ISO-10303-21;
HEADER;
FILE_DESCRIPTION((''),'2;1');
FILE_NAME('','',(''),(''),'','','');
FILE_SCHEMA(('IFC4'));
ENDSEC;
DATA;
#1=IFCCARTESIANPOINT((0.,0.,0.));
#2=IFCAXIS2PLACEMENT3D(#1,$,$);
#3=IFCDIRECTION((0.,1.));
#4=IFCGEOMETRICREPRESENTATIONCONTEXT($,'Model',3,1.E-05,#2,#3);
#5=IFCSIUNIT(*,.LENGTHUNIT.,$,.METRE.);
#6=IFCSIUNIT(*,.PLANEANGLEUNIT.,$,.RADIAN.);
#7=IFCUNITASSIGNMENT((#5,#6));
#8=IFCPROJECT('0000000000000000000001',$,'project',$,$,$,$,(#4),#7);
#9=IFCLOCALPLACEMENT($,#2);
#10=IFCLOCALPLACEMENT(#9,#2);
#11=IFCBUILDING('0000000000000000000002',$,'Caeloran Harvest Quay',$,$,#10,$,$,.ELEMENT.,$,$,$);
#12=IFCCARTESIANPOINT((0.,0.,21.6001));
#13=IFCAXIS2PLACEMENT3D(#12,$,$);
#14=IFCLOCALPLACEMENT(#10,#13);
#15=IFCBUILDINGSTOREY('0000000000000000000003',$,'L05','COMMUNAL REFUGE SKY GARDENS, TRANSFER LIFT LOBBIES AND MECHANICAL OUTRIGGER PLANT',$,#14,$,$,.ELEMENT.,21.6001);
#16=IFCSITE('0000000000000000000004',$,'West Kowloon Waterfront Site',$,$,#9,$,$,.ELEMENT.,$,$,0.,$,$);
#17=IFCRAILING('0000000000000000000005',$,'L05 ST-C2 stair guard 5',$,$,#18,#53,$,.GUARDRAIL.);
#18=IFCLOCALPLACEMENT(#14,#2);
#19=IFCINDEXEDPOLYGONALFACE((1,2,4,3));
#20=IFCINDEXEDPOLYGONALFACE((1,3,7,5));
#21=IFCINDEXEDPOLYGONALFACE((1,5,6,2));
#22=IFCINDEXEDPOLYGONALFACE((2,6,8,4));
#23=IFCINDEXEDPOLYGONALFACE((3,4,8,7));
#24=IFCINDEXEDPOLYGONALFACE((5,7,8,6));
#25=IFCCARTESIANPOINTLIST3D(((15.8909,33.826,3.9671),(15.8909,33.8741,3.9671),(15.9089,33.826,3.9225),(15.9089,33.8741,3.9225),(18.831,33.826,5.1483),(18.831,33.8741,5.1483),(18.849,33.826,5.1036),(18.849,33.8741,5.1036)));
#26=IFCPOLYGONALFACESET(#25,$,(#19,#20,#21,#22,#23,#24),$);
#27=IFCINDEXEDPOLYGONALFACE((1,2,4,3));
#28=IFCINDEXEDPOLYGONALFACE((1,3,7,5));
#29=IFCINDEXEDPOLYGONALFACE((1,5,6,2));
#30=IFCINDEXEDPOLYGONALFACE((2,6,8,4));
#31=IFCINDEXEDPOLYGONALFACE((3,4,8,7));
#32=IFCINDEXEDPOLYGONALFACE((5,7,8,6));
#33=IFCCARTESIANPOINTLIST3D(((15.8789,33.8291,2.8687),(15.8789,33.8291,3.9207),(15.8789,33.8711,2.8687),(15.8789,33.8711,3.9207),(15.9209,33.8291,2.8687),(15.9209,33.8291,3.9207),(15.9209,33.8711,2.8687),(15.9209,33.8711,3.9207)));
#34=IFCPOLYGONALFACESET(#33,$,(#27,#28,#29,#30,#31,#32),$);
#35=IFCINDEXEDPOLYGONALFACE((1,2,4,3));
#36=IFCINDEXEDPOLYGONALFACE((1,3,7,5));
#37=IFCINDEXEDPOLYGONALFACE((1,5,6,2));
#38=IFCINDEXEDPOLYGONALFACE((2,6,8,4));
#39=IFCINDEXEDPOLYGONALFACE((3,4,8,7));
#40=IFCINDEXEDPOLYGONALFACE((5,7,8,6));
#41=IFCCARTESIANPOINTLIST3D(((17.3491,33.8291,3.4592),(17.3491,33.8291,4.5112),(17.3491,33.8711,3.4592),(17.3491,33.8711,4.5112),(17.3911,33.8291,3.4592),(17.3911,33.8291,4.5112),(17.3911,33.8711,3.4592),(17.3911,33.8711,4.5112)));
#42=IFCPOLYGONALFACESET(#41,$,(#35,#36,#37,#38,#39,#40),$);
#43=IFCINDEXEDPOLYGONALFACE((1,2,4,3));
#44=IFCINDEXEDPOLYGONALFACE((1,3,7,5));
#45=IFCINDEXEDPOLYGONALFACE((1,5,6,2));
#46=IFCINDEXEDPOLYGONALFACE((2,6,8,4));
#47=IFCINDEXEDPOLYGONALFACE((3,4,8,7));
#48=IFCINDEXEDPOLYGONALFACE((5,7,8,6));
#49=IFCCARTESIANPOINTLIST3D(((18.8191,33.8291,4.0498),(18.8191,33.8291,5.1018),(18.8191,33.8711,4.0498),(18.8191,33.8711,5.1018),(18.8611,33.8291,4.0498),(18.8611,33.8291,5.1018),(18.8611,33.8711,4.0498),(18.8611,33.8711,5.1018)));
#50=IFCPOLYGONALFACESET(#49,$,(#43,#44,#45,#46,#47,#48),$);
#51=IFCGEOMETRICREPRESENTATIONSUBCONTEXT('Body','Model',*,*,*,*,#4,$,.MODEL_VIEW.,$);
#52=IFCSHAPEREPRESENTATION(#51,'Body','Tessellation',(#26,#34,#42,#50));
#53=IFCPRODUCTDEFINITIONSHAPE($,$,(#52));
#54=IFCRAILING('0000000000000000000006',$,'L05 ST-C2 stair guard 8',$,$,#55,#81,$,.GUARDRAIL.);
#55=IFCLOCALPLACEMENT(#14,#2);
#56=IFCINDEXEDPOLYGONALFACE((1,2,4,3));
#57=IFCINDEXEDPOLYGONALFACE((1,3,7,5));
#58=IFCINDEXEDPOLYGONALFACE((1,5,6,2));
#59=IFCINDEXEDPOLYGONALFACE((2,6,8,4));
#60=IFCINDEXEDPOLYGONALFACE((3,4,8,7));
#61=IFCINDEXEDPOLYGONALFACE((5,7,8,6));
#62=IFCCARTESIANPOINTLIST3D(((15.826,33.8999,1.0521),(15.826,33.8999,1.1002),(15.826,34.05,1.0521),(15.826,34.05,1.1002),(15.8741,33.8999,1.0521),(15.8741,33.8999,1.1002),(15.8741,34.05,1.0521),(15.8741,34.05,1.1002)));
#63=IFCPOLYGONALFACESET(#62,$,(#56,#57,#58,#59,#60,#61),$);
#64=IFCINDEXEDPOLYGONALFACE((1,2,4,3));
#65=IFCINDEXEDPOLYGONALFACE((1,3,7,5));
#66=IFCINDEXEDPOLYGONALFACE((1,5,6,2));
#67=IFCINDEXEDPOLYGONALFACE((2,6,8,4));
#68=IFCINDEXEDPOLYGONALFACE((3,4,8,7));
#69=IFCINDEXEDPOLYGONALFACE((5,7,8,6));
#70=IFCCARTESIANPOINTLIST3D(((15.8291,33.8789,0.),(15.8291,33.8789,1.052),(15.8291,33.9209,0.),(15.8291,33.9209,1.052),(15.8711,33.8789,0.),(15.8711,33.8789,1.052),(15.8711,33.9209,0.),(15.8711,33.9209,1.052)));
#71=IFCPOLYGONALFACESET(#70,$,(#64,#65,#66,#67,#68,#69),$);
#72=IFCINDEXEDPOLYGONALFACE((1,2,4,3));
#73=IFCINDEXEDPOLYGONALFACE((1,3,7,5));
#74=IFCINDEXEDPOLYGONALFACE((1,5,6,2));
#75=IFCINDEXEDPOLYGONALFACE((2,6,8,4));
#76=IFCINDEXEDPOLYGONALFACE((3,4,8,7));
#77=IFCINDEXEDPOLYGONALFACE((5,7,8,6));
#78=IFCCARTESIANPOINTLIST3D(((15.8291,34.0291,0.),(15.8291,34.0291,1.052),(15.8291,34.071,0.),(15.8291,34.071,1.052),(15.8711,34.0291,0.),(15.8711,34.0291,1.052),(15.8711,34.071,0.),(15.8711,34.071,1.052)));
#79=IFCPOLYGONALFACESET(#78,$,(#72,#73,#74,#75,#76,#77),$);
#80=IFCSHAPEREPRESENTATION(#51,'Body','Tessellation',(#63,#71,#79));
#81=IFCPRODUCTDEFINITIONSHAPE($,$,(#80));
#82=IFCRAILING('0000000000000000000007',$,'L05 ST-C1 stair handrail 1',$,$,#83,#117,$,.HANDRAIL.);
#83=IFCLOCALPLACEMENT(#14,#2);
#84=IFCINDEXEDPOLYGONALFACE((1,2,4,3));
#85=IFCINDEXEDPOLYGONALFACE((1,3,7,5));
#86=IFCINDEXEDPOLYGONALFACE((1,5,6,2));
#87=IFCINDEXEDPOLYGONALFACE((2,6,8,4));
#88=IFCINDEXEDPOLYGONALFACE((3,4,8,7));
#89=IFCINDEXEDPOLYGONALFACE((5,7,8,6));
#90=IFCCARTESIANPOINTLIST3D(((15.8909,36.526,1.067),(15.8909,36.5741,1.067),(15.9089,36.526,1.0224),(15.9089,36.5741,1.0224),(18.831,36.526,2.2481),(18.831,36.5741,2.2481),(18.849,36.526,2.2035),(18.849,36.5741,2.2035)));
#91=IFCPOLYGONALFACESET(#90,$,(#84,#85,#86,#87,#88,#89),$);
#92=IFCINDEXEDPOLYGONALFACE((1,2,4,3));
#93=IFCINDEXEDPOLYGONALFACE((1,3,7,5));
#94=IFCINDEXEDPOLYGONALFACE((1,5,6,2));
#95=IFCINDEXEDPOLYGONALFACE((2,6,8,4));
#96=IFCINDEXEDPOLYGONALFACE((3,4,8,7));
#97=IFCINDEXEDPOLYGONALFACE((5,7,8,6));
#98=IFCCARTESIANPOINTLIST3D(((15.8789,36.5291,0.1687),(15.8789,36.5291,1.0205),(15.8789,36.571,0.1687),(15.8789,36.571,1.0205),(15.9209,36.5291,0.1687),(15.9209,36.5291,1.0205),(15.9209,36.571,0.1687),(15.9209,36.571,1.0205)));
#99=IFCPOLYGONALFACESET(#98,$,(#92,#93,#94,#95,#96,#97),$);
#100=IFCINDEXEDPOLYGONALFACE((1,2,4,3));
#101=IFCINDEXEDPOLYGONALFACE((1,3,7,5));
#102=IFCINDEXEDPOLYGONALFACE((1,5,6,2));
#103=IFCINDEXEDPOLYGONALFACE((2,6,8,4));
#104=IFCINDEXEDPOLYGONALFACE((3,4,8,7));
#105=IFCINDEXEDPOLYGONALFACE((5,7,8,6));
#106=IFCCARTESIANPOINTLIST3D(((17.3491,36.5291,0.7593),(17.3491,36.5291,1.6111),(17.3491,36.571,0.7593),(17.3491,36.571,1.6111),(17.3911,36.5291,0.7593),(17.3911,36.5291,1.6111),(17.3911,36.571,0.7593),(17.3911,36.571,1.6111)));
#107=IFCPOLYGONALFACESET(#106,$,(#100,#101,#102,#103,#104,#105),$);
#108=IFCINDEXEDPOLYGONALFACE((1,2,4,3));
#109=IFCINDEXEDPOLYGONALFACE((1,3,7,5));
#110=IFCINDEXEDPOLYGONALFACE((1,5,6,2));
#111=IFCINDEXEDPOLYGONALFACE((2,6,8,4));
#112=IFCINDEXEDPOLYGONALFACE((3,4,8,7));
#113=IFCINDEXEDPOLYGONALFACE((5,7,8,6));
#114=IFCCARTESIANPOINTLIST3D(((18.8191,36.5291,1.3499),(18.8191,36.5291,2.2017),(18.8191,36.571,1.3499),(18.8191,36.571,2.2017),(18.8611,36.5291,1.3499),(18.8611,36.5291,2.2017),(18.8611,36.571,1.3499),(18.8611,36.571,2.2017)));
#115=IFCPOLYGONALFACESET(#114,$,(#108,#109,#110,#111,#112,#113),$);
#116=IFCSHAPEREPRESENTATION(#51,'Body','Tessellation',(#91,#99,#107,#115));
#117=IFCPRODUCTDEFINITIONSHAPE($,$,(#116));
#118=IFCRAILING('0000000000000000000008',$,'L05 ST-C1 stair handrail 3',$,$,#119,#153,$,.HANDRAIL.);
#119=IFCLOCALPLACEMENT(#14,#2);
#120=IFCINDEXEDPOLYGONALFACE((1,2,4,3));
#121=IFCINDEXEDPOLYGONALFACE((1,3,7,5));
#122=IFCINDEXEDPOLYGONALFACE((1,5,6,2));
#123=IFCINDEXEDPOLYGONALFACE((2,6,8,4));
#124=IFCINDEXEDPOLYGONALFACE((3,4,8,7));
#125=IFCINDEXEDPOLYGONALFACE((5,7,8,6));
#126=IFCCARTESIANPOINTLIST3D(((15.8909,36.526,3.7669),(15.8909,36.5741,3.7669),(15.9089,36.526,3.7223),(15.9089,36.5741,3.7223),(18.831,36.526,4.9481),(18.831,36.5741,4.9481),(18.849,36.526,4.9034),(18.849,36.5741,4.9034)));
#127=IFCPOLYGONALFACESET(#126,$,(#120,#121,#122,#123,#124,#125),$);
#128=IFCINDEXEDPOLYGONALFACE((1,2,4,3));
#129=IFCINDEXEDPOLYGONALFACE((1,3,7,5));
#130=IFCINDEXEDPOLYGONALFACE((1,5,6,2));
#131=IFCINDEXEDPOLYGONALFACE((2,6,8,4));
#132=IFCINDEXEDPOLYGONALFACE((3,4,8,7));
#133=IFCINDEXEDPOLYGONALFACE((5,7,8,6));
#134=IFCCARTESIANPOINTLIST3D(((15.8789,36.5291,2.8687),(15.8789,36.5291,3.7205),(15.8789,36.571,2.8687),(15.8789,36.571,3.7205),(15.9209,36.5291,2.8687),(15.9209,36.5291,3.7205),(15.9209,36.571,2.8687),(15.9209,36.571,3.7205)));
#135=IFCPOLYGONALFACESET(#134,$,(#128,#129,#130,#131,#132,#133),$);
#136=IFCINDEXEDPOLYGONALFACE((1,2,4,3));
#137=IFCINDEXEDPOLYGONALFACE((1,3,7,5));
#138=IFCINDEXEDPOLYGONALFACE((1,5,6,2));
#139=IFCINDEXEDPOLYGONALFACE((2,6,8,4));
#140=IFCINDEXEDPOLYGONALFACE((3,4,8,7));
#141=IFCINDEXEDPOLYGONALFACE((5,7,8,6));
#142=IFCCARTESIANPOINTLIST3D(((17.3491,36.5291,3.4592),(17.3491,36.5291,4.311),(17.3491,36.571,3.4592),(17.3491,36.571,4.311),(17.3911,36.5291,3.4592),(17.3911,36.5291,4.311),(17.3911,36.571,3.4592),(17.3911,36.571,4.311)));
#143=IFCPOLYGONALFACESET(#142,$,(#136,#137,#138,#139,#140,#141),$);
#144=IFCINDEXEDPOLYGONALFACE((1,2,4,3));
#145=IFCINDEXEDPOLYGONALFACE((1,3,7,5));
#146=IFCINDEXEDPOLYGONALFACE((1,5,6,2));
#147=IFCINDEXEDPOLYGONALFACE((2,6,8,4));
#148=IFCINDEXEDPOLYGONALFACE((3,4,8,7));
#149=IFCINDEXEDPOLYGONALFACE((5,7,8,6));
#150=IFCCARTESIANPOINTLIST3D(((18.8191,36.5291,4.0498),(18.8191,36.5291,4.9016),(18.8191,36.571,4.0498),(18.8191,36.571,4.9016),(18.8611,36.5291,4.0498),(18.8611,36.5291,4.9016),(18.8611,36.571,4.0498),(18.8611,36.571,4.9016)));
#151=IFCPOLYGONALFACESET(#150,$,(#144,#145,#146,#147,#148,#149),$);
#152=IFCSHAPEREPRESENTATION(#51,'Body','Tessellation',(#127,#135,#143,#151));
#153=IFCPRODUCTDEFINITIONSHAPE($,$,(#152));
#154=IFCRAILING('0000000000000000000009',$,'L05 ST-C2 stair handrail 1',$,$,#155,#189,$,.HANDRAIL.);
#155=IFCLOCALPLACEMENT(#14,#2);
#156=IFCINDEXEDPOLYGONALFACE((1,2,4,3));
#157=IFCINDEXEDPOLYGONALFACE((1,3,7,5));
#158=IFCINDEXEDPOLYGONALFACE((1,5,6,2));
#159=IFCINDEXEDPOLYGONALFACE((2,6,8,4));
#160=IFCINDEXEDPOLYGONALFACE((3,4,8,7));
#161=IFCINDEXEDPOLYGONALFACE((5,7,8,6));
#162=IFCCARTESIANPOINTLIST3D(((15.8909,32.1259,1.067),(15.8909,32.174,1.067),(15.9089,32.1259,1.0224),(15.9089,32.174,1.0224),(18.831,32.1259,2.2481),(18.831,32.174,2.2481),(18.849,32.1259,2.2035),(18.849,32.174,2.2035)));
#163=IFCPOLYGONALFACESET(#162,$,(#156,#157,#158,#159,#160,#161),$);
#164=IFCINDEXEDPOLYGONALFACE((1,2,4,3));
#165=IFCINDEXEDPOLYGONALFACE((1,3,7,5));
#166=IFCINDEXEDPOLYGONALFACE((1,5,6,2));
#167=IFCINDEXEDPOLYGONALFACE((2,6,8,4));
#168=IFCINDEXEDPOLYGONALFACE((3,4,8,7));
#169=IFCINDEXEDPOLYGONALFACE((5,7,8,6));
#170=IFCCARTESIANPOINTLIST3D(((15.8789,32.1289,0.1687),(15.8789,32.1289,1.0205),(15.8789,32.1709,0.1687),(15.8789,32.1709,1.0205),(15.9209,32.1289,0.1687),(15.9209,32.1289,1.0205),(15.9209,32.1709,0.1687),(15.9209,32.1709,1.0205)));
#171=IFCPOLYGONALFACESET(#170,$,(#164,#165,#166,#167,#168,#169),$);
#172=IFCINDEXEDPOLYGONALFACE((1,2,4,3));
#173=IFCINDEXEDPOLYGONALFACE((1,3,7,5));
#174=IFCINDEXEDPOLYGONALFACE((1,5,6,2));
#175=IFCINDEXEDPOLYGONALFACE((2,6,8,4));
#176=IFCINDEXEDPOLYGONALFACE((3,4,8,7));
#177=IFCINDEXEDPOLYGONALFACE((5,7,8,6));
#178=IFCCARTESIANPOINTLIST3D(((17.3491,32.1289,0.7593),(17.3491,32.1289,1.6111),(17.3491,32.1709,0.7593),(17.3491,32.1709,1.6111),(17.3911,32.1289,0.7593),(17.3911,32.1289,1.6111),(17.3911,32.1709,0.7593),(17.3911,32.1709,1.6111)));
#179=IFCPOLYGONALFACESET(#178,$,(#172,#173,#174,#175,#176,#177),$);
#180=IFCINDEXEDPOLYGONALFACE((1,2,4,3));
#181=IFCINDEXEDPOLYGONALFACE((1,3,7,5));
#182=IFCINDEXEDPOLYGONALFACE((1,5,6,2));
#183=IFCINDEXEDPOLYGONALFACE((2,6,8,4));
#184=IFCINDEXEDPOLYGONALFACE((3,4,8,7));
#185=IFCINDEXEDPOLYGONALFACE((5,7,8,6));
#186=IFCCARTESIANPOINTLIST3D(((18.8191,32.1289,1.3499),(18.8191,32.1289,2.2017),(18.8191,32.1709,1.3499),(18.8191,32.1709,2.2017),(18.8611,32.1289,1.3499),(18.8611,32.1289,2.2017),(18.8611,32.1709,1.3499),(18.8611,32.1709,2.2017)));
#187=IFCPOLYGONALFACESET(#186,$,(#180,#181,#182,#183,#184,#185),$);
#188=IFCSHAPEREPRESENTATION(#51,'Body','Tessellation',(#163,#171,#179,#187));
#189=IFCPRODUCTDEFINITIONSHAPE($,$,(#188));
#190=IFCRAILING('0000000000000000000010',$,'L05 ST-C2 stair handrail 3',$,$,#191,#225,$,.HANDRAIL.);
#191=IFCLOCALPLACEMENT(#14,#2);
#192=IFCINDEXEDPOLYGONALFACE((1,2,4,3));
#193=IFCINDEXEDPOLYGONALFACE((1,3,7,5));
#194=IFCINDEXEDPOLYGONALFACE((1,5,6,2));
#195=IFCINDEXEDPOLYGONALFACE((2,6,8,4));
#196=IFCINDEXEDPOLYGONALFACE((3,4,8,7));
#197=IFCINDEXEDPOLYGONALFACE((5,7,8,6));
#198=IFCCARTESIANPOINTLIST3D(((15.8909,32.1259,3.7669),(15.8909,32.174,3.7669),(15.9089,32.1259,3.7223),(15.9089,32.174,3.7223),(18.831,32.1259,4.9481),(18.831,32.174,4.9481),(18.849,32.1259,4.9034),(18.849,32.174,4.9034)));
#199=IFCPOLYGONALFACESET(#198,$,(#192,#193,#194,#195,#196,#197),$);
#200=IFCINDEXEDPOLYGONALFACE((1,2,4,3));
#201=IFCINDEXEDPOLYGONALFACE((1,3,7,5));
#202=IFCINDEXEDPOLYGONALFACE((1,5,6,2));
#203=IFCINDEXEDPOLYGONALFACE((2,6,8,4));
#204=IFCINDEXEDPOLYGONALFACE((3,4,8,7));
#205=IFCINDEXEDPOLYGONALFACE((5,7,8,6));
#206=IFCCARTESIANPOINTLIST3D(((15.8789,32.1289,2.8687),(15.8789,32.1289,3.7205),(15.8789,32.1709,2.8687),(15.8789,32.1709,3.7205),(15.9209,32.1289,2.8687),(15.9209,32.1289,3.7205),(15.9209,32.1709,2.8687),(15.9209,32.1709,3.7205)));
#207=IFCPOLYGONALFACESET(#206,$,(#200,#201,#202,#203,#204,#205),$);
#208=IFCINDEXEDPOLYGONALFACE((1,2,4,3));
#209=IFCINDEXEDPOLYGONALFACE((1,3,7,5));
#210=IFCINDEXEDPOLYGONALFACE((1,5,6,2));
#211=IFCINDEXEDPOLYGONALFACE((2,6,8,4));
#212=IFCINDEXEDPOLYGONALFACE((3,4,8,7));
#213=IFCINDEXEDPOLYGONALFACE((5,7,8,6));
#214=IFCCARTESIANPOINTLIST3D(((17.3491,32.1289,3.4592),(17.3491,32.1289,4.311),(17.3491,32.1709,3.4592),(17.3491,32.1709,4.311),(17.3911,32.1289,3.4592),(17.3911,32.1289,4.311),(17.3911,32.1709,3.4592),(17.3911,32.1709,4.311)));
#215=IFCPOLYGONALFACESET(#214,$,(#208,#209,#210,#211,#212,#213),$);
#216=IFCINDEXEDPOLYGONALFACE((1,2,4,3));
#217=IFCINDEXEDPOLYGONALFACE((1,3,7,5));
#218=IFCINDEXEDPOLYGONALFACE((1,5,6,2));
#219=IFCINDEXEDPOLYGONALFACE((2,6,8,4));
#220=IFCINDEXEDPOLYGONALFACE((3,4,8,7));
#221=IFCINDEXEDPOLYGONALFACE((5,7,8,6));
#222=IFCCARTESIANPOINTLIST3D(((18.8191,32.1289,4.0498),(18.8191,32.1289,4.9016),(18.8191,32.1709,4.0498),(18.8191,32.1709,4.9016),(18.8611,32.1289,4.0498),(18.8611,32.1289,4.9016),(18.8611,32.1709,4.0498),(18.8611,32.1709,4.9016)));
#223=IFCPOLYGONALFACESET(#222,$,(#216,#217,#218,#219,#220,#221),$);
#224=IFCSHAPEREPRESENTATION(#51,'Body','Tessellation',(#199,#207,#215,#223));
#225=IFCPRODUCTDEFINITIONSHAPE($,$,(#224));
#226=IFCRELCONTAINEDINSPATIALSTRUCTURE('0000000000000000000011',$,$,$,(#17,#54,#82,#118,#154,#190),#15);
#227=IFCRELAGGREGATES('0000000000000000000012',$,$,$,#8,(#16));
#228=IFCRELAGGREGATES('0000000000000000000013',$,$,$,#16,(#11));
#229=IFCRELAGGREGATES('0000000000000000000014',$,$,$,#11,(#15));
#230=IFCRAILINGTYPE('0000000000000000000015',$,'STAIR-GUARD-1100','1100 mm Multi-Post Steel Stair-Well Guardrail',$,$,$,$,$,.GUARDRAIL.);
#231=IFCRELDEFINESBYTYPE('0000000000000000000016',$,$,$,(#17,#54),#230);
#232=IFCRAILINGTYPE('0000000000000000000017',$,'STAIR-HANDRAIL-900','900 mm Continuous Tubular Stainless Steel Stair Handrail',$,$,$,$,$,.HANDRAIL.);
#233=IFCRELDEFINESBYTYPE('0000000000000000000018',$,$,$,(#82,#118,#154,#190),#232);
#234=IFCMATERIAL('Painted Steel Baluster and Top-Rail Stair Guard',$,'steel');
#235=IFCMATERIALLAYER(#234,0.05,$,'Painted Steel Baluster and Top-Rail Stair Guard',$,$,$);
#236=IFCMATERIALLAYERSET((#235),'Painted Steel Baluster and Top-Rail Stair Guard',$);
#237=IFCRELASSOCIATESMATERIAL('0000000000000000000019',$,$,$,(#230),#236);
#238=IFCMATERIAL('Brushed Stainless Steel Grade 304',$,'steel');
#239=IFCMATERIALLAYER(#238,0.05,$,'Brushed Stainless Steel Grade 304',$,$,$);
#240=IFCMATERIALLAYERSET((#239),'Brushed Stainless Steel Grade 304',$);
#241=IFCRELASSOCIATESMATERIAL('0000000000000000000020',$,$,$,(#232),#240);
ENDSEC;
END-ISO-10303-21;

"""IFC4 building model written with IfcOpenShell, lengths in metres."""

from ifc_helpers import new_model, si_unit, direction, frame, origin, origin_2d, place, context, subcontext, project, spatial, rectangle, extrude, material, layer, layer_set, type_object, element, save


model = new_model("IFC4")

# Units and contexts
model_context = context("Model", 3, precision=1e-05, world=origin(), true_north=direction((0.0, 1.0)))
body_context = subcontext(model_context, "Body", "Model", "MODEL_VIEW")
ifc_project = project(units=[si_unit("LENGTHUNIT", "METRE"), si_unit("PLANEANGLEUNIT", "RADIAN")], contexts=[model_context])

# Site, building, storey
site_placement = place(None, origin())
site = spatial("IfcSite", under=ifc_project, at=site_placement, Name="West Kowloon Waterfront Site", CompositionType="ELEMENT", RefElevation=0.0)
building_placement = place(site_placement, origin())
building = spatial("IfcBuilding", under=site, at=building_placement, Name="Caeloran Harvest Quay", CompositionType="ELEMENT")
storey_placement = place(building_placement, frame((0.0, 0.0, 21.6001)))
storey = spatial("IfcBuildingStorey", under=building, at=storey_placement, Name="L05", Description="COMMUNAL REFUGE SKY GARDENS, TRANSFER LIFT LOBBIES AND MECHANICAL OUTRIGGER PLANT", CompositionType="ELEMENT", Elevation=21.6001)

# Railings
ifc_material_1 = material(Name="Painted Steel Baluster and Top-Rail Stair Guard", Category="steel")
ifc_layer_1 = layer(ifc_material_1, 0.05, Name="Painted Steel Baluster and Top-Rail Stair Guard")
ifc_layer_set_1 = layer_set([ifc_layer_1], Name="Painted Steel Baluster and Top-Rail Stair Guard")
railing_type_1 = type_object("IfcRailingType", Name="STAIR-GUARD-1100", Description="1100 mm Multi-Post Steel Stair-Well Guardrail", PredefinedType="GUARDRAIL", material=ifc_layer_set_1)
railing_1_placement = place(storey_placement, frame((15.8999, 33.8501, 2.8687)))
element("IfcRailing", 1, at=railing_1_placement, inside=storey, type_object=railing_type_1, Name="L05 ST-C2 stair guard 5", PredefinedType="GUARDRAIL", context=body_context, shape_type="SweptSolid", body=[
    extrude(rectangle(XDim=0.0481, YDim=0.0481, at=origin_2d()), frame((0.0, 0.0, 1.0762), z_axis=(0.927923, 0.0, 0.372772), x_axis=(0.0, 1.0, 0.0)), (0.0, 0.0, 1.0), 3.1685),
    extrude(rectangle(XDim=0.042, YDim=0.042, at=origin_2d()), origin(), (0.0, 0.0, 1.0), 1.052),
    extrude(rectangle(XDim=0.042, YDim=0.042, at=origin_2d()), frame((1.4702, 0.0, 0.5906)), (0.0, 0.0, 1.0), 1.052),
    extrude(rectangle(XDim=0.042, YDim=0.042, at=origin_2d()), frame((2.9402, 0.0, 1.1812)), (0.0, 0.0, 1.0), 1.052),
])
railing_2_placement = place(storey_placement, frame((15.8501, 33.8999, 0.0)))
element("IfcRailing", 2, at=railing_2_placement, inside=storey, type_object=railing_type_1, Name="L05 ST-C2 stair guard 8", PredefinedType="GUARDRAIL", context=body_context, shape_type="SweptSolid", body=[
    extrude(rectangle(XDim=0.0481, YDim=0.0481, at=origin_2d()), frame((0.0, 0.0, 1.0762), z_axis=(0.0, 1.0, 0.0), x_axis=(-1.0, 0.0, 0.0)), (0.0, 0.0, 1.0), 0.1501),
    extrude(rectangle(XDim=0.042, YDim=0.042, at=origin_2d()), origin(), (0.0, 0.0, 1.0), 1.052),
    extrude(rectangle(XDim=0.042, YDim=0.042, at=origin_2d()), frame((0.0, 0.1501, 0.0)), (0.0, 0.0, 1.0), 1.052),
])
ifc_material_2 = material(Name="Brushed Stainless Steel Grade 304", Category="steel")
ifc_layer_2 = layer(ifc_material_2, 0.05, Name="Brushed Stainless Steel Grade 304")
ifc_layer_set_2 = layer_set([ifc_layer_2], Name="Brushed Stainless Steel Grade 304")
railing_type_2 = type_object("IfcRailingType", Name="STAIR-HANDRAIL-900", Description="900 mm Continuous Tubular Stainless Steel Stair Handrail", PredefinedType="HANDRAIL", material=ifc_layer_set_2)
for number, where, name in (
    (3, (15.8999, 36.55, 0.1687), "L05 ST-C1 stair handrail 1"),
    (4, (15.8999, 36.55, 2.8687), "L05 ST-C1 stair handrail 3"),
    (5, (15.8999, 32.1499, 0.1687), "L05 ST-C2 stair handrail 1"),
    (6, (15.8999, 32.1499, 2.8687), "L05 ST-C2 stair handrail 3"),
):
    element("IfcRailing", number, at=place(storey_placement, frame(where)), inside=storey, type_object=railing_type_2, Name=name, PredefinedType="HANDRAIL", context=body_context, shape_type="SweptSolid", body=[
        extrude(rectangle(XDim=0.0481, YDim=0.0481, at=origin_2d()), frame((0.0, 0.0, 0.876), z_axis=(0.927923, 0.0, 0.372772), x_axis=(0.0, 1.0, 0.0)), (0.0, 0.0, 1.0), 3.1685),
        extrude(rectangle(XDim=0.042, YDim=0.042, at=origin_2d()), origin(), (0.0, 0.0, 1.0), 0.8518),
        extrude(rectangle(XDim=0.042, YDim=0.042, at=origin_2d()), frame((1.4702, 0.0, 0.5906)), (0.0, 0.0, 1.0), 0.8518),
        extrude(rectangle(XDim=0.042, YDim=0.042, at=origin_2d()), frame((2.9402, 0.0, 1.1812)), (0.0, 0.0, 1.0), 0.8518),
    ])

save(model, "model.ifc")
